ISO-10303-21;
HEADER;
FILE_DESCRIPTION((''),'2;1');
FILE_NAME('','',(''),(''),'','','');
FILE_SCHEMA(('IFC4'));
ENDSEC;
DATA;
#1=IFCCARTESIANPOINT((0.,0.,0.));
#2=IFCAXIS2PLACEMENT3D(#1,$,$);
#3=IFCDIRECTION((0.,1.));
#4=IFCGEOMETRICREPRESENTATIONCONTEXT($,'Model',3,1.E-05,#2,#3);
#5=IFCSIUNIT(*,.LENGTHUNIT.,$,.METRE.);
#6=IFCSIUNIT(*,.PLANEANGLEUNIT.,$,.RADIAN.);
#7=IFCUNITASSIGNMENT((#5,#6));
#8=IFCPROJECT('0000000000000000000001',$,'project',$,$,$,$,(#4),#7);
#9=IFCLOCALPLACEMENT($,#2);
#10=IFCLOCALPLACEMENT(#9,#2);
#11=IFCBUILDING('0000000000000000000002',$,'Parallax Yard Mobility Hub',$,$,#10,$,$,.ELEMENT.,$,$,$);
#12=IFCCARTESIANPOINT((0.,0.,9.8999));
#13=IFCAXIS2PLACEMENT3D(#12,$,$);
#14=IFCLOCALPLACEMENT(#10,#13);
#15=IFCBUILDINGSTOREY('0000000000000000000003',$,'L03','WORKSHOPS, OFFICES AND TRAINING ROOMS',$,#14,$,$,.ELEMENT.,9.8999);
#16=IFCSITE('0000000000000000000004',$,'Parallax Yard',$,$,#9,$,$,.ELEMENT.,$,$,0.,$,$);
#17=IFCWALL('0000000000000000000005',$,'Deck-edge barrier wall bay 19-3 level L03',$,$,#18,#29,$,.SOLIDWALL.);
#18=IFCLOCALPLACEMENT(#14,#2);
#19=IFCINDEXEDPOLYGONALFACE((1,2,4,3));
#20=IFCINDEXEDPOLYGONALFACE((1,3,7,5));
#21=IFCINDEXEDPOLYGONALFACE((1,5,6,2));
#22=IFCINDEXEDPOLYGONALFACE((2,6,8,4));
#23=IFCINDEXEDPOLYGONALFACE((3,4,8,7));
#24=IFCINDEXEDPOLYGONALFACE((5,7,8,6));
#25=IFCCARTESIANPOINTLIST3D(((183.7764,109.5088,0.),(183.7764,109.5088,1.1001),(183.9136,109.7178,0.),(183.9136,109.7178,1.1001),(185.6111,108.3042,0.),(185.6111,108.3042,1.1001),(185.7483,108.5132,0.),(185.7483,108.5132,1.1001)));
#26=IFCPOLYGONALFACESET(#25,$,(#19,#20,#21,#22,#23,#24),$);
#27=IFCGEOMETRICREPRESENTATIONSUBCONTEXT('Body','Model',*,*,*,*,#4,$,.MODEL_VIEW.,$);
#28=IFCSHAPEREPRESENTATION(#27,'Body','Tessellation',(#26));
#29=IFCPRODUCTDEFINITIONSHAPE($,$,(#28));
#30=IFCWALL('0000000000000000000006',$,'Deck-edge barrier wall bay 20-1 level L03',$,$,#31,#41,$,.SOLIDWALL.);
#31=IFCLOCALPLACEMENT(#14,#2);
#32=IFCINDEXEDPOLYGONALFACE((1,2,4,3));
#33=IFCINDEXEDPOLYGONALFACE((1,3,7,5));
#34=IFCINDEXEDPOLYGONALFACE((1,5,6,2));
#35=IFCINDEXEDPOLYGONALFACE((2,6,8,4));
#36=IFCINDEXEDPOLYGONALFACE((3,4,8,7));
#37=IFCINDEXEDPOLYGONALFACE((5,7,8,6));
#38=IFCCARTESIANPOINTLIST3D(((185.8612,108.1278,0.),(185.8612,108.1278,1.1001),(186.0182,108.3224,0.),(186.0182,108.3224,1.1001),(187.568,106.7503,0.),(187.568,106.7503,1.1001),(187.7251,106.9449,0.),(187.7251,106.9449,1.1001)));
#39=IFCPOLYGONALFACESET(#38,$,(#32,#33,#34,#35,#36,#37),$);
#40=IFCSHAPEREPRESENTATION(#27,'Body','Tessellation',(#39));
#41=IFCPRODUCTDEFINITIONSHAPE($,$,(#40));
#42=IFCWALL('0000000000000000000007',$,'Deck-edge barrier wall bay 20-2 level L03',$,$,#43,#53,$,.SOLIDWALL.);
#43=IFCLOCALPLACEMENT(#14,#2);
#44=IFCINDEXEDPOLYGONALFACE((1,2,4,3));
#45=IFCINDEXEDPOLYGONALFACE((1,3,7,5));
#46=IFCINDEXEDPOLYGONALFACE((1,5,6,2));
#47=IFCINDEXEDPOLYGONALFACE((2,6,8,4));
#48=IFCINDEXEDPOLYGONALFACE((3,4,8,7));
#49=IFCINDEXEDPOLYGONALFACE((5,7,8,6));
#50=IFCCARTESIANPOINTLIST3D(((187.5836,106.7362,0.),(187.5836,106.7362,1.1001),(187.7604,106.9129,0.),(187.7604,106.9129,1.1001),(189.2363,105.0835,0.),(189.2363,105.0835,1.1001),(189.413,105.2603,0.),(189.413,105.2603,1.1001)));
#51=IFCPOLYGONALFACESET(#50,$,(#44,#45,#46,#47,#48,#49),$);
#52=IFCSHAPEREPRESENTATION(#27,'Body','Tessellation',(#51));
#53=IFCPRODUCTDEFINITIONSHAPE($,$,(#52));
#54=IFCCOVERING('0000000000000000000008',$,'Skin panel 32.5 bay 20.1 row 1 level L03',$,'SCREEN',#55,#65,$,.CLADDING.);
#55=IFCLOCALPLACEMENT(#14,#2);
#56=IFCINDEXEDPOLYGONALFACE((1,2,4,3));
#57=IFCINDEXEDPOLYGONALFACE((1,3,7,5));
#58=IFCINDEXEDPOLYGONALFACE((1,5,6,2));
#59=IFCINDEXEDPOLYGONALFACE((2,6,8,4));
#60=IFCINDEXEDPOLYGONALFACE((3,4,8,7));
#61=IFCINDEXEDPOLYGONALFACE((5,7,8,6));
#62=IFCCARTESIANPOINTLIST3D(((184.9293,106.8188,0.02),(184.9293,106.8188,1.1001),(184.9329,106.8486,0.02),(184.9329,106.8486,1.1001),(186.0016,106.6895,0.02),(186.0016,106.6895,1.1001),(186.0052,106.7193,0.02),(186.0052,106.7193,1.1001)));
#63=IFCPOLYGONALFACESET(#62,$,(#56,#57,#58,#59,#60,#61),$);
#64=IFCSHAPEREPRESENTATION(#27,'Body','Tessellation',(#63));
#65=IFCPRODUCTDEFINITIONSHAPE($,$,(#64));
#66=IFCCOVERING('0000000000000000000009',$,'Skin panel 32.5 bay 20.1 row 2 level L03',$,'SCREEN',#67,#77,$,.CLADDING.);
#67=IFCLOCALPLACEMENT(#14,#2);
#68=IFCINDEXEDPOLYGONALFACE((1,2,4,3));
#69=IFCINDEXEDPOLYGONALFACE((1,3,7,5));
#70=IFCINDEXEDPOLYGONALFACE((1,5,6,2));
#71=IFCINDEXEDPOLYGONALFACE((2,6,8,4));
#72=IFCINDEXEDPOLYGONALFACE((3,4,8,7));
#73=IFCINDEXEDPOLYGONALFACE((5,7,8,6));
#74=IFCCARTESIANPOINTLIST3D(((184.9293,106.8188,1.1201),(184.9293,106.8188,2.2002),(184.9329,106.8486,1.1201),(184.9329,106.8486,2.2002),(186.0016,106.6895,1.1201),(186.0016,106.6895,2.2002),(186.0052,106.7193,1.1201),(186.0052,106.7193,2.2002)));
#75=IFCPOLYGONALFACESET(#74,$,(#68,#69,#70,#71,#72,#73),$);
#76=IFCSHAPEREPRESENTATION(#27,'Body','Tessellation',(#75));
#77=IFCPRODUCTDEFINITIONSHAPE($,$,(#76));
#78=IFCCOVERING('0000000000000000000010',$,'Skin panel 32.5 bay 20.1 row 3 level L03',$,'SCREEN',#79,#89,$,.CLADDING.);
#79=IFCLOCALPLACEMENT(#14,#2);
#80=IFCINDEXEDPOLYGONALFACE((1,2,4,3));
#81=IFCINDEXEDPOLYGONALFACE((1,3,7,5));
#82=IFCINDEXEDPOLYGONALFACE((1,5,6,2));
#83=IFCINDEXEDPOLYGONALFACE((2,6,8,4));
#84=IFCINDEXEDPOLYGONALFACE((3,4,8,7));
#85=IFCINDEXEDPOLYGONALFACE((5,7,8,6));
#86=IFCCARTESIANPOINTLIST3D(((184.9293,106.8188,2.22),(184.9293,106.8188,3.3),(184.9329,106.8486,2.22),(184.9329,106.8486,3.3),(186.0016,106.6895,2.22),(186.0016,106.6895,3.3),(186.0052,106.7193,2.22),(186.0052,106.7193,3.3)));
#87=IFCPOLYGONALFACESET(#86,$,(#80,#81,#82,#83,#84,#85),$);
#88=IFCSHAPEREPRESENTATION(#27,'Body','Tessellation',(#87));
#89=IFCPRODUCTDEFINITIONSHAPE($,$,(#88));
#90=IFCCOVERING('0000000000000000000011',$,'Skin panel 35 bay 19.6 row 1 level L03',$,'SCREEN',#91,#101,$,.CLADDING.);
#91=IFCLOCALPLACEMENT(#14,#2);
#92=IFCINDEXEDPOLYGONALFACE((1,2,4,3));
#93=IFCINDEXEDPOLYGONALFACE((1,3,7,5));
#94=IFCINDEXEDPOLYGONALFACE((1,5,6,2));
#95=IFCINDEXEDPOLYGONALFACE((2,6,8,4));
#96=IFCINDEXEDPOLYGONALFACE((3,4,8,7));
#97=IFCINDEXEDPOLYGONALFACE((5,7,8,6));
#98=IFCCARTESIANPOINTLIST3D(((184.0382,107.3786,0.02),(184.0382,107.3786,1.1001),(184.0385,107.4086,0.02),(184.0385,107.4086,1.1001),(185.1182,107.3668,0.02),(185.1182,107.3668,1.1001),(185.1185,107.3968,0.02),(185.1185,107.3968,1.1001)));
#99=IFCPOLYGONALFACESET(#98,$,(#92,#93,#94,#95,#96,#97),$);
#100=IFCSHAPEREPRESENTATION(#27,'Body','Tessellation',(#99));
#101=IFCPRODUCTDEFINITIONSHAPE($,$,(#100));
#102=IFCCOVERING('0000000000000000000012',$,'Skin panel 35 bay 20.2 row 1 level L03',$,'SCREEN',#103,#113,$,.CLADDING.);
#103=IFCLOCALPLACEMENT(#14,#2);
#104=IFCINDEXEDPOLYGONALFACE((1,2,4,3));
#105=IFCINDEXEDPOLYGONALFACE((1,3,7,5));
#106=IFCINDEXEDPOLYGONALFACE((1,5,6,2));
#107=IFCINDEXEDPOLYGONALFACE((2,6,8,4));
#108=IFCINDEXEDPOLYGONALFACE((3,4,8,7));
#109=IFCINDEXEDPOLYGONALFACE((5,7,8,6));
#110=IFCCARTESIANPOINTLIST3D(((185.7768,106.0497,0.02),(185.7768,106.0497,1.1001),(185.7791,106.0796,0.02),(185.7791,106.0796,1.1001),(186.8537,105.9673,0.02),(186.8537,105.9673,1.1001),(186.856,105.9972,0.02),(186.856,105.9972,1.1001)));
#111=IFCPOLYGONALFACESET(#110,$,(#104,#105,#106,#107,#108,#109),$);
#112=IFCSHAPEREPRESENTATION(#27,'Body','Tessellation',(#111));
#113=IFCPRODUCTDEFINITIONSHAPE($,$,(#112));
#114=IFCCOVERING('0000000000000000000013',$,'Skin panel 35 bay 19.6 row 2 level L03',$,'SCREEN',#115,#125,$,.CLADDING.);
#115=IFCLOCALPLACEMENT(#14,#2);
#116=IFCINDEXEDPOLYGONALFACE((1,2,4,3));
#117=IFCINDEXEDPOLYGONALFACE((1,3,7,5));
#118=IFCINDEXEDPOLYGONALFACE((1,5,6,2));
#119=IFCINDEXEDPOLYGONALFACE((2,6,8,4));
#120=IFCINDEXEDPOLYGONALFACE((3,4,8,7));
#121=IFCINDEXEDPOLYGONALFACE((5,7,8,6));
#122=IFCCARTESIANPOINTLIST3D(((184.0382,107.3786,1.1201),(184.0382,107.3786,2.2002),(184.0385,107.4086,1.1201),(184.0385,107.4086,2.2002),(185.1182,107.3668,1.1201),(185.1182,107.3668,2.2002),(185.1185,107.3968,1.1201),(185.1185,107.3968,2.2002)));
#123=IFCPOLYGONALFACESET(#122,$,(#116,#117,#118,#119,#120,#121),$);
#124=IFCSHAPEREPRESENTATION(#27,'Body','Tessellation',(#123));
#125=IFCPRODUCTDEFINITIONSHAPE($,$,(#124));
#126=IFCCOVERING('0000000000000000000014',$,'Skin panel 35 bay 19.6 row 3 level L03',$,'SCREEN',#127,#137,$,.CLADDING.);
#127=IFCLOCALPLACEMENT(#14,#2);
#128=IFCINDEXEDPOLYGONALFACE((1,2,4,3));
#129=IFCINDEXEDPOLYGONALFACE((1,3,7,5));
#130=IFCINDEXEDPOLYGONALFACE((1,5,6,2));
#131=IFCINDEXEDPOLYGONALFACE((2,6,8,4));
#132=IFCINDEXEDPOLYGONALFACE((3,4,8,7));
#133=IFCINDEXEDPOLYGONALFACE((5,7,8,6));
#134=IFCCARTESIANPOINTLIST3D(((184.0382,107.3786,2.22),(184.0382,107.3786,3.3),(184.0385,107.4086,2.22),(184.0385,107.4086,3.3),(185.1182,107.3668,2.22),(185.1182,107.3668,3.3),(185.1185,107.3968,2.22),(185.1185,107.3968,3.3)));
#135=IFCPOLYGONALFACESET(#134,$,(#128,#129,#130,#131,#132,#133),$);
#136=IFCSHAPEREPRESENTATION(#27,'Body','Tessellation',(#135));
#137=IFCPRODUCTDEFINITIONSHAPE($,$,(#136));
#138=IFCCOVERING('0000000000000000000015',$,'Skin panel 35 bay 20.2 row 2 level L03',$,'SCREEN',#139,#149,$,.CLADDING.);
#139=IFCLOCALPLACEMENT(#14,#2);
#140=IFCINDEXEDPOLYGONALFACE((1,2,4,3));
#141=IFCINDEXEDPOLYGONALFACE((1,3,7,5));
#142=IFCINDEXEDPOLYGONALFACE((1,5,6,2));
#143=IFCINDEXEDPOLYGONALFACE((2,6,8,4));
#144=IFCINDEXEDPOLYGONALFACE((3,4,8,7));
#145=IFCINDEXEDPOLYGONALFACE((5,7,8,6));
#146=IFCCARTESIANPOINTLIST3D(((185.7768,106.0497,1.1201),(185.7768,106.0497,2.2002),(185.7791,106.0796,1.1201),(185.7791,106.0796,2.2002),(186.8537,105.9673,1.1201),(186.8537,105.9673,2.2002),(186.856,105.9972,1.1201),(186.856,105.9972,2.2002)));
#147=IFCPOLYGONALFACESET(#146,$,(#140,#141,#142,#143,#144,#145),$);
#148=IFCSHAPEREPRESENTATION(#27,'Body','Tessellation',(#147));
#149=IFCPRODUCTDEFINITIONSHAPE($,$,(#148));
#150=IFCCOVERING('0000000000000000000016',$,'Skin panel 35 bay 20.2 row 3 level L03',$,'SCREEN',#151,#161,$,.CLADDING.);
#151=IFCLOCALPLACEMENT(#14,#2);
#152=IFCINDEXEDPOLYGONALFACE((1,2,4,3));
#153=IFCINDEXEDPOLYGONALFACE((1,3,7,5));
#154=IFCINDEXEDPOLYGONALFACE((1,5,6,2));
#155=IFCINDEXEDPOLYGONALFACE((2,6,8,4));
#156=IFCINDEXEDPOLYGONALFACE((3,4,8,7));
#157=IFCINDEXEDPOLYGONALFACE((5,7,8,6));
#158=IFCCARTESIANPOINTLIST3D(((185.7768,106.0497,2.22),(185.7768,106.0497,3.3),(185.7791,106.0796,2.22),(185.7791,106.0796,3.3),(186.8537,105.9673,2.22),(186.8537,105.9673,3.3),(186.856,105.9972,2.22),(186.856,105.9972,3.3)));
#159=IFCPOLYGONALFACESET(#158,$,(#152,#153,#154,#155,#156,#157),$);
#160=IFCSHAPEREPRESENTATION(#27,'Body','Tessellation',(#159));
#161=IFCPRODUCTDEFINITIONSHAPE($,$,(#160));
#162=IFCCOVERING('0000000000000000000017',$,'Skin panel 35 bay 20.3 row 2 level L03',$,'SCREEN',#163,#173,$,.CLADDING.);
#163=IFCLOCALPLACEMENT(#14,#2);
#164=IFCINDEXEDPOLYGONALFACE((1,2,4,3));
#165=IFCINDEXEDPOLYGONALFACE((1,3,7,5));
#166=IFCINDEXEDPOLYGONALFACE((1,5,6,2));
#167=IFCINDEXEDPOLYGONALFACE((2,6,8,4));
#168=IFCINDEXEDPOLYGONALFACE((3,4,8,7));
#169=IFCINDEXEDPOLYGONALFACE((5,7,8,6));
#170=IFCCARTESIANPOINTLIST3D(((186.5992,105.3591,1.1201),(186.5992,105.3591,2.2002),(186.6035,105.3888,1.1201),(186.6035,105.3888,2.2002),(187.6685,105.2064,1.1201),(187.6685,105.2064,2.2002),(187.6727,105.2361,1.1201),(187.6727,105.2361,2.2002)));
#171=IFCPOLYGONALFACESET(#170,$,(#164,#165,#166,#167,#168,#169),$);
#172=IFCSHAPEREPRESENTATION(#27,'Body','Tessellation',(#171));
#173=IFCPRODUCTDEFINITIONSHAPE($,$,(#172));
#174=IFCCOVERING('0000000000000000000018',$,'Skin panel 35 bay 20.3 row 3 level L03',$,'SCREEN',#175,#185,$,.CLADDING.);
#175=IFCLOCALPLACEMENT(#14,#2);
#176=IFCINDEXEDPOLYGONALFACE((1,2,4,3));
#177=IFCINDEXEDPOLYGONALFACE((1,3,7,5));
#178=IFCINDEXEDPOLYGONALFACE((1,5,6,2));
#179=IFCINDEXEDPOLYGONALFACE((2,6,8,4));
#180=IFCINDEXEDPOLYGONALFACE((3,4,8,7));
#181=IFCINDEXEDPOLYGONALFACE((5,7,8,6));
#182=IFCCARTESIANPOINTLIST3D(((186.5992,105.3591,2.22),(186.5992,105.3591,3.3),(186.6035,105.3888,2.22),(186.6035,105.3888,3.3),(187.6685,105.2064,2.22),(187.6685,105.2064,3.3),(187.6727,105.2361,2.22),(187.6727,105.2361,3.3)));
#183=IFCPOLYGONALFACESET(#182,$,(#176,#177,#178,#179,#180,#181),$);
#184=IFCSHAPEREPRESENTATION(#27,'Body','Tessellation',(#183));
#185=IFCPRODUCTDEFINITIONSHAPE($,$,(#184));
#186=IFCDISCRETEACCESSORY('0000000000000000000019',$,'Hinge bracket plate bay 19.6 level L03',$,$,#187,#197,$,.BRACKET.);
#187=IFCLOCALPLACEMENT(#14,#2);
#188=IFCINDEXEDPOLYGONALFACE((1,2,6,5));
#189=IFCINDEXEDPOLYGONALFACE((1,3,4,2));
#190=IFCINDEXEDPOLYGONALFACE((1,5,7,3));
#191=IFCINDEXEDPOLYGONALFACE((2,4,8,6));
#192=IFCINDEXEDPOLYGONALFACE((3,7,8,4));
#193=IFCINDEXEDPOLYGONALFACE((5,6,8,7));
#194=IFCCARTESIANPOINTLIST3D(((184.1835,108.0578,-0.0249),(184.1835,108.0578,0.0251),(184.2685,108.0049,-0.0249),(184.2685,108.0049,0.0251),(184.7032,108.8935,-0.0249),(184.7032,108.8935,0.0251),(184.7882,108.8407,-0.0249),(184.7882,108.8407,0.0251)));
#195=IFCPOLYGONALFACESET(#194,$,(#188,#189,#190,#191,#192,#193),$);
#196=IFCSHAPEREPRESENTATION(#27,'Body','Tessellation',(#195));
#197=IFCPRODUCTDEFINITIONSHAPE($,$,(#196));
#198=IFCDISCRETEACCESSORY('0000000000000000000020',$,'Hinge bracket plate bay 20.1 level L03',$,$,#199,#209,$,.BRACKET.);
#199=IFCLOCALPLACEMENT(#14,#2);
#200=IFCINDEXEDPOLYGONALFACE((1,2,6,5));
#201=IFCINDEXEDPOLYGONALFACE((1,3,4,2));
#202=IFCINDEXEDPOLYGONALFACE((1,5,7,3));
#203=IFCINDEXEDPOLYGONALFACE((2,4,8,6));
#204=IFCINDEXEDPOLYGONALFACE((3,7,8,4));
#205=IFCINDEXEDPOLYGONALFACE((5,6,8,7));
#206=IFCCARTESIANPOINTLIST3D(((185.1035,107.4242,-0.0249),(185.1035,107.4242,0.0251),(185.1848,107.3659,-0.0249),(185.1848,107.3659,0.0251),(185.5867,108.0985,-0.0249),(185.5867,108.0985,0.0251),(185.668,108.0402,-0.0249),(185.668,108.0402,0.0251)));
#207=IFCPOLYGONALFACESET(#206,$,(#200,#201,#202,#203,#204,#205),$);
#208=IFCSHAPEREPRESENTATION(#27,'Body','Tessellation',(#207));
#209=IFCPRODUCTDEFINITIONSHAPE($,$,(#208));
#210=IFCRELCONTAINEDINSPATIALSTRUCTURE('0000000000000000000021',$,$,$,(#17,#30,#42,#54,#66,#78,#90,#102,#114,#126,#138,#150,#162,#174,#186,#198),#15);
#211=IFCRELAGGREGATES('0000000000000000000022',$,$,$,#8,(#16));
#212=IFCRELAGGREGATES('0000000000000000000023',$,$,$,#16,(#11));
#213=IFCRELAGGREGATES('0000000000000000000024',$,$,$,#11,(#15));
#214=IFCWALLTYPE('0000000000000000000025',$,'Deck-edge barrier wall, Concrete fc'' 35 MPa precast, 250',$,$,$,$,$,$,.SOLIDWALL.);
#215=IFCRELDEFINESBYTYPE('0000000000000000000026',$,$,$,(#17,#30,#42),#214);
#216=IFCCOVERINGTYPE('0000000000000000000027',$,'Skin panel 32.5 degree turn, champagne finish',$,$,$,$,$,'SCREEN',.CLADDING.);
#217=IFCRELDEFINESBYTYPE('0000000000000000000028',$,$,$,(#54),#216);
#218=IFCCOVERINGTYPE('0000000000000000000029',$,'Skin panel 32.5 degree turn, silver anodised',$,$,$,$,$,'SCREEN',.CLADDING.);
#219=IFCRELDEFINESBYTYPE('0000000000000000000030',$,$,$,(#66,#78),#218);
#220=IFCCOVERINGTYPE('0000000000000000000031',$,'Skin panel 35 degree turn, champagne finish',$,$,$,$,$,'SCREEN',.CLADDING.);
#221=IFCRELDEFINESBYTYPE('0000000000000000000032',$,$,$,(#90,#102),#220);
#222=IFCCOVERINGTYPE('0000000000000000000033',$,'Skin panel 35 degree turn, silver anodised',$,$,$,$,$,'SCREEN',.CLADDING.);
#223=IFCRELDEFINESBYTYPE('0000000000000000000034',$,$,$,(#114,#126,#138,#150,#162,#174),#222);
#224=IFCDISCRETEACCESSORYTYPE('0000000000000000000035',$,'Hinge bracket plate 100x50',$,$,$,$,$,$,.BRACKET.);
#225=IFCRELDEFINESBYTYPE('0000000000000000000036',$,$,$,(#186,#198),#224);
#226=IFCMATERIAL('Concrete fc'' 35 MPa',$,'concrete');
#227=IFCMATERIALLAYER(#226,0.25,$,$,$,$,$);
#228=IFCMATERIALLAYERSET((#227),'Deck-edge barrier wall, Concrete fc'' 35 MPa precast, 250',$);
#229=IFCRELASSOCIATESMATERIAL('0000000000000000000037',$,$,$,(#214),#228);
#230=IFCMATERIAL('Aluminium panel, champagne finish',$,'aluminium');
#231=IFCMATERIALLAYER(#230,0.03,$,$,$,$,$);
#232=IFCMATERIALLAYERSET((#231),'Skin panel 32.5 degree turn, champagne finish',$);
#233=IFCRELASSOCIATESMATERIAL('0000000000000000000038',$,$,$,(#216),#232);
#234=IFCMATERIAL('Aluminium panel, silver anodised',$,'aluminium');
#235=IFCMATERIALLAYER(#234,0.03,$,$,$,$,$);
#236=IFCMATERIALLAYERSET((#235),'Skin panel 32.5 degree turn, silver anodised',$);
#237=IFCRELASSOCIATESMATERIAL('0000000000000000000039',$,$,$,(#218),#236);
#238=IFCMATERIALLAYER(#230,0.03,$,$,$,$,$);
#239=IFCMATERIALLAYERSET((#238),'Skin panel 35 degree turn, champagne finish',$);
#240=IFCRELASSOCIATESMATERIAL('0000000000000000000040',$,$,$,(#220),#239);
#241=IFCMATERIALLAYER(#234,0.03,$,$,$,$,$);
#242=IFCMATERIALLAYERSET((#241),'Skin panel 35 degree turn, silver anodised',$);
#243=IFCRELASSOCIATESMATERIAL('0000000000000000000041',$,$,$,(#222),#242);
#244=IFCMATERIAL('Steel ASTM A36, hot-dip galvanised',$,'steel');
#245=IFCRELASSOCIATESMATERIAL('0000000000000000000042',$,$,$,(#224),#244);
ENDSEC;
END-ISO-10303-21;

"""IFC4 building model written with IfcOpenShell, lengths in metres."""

from ifc_helpers import new_model, si_unit, direction, frame, frame_2d, origin, origin_2d, place, context, subcontext, project, spatial, rectangle, extrude, material, layer, layer_set, type_object, element, save


model = new_model("IFC4")

# Units and contexts
model_context = context("Model", 3, precision=1e-05, world=origin(), true_north=direction((0.0, 1.0)))
body_context = subcontext(model_context, "Body", "Model", "MODEL_VIEW")
ifc_project = project(units=[si_unit("LENGTHUNIT", "METRE"), si_unit("PLANEANGLEUNIT", "RADIAN")], contexts=[model_context])

# Site, building, storey
site_placement = place(None, origin())
site = spatial("IfcSite", under=ifc_project, at=site_placement, Name="Parallax Yard", CompositionType="ELEMENT", RefElevation=0.0)
building_placement = place(site_placement, origin())
building = spatial("IfcBuilding", under=site, at=building_placement, Name="Parallax Yard Mobility Hub", CompositionType="ELEMENT")
storey_placement = place(building_placement, frame((0.0, 0.0, 9.8999)))
storey = spatial("IfcBuildingStorey", under=building, at=storey_placement, Name="L03", Description="WORKSHOPS, OFFICES AND TRAINING ROOMS", CompositionType="ELEMENT", Elevation=9.8999)

# Walls
ifc_material_1 = material(Name="Concrete fc' 35 MPa", Category="concrete")
ifc_layer_1 = layer(ifc_material_1, 0.25)
ifc_layer_set_1 = layer_set([ifc_layer_1], Name="Deck-edge barrier wall, Concrete fc' 35 MPa precast, 250")
wall_type = type_object("IfcWallType", Name="Deck-edge barrier wall, Concrete fc' 35 MPa precast, 250", PredefinedType="SOLIDWALL", material=ifc_layer_set_1)
wall_1_placement = place(storey_placement, frame((183.845, 109.6133, 0.0), z_axis=(0.0, 0.0, 1.0), x_axis=(0.835931, -0.548834, 0.0)))
element("IfcWall", 1, at=wall_1_placement, inside=storey, type_object=wall_type, Name="Deck-edge barrier wall bay 19-3 level L03", PredefinedType="SOLIDWALL", context=body_context, shape_type="SweptSolid", body=[
    extrude(rectangle(XDim=2.1948, YDim=0.25, at=frame_2d((1.0974, 0.0))), origin(), (0.0, 0.0, 1.0), 1.1001),
])
wall_2_placement = place(storey_placement, frame((185.9397, 108.2251, 0.0), z_axis=(0.0, 0.0, 1.0), x_axis=(0.77819, -0.628029, 0.0)))
element("IfcWall", 2, at=wall_2_placement, inside=storey, type_object=wall_type, Name="Deck-edge barrier wall bay 20-1 level L03", PredefinedType="SOLIDWALL", context=body_context, shape_type="SweptSolid", body=[
    extrude(rectangle(XDim=2.1934, YDim=0.25, at=frame_2d((1.0967, 0.0))), origin(), (0.0, 0.0, 1.0), 1.1001),
])
wall_3_placement = place(storey_placement, frame((187.6721, 106.8245, 0.0), z_axis=(0.0, 0.0, 1.0), x_axis=(0.707107, -0.707107, 0.0)))
element("IfcWall", 3, at=wall_3_placement, inside=storey, type_object=wall_type, Name="Deck-edge barrier wall bay 20-2 level L03", PredefinedType="SOLIDWALL", context=body_context, shape_type="SweptSolid", body=[
    extrude(rectangle(XDim=2.3372, YDim=0.25, at=frame_2d((1.1685, 0.0))), origin(), (0.0, 0.0, 1.0), 1.1001),
])

# Coverings
ifc_material_2 = material(Name="Aluminium panel, champagne finish", Category="aluminium")
ifc_layer_2 = layer(ifc_material_2, 0.03)
ifc_layer_set_2 = layer_set([ifc_layer_2], Name="Skin panel 32.5 degree turn, champagne finish")
covering_type_1 = type_object("IfcCoveringType", Name="Skin panel 32.5 degree turn, champagne finish", ElementType="SCREEN", PredefinedType="CLADDING", material=ifc_layer_set_2)
covering_placement = place(storey_placement, frame((185.4673, 106.769, 0.02), z_axis=(0.0, 0.0, 1.0), x_axis=(-0.99281, 0.119704, 0.0)))
element("IfcCovering", 4, at=covering_placement, inside=storey, type_object=covering_type_1, Name="Skin panel 32.5 bay 20.1 row 1 level L03", ObjectType="SCREEN", PredefinedType="CLADDING", context=body_context, shape_type="SweptSolid", body=[
    extrude(rectangle(XDim=1.0801, YDim=0.03, at=origin_2d()), origin(), (0.0, 0.0, 1.0), 1.0801),
])
ifc_material_3 = material(Name="Aluminium panel, silver anodised", Category="aluminium")
ifc_layer_3 = layer(ifc_material_3, 0.03)
ifc_layer_set_3 = layer_set([ifc_layer_3], Name="Skin panel 32.5 degree turn, silver anodised")
covering_type_2 = type_object("IfcCoveringType", Name="Skin panel 32.5 degree turn, silver anodised", ElementType="SCREEN", PredefinedType="CLADDING", material=ifc_layer_set_3)
for number, where, z_axis, x_axis, name in (
    (5, (185.4673, 106.769, 1.1201), (0.0, 0.0, 1.0), (-0.99281, 0.119704, 0.0), "Skin panel 32.5 bay 20.1 row 2 level L03"),
    (6, (185.4673, 106.769, 2.22), (0.0, 0.0, 1.0), (-0.99281, 0.119704, 0.0), "Skin panel 32.5 bay 20.1 row 3 level L03"),
):
    element("IfcCovering", number, at=place(storey_placement, frame(where, z_axis=z_axis, x_axis=x_axis)), inside=storey, type_object=covering_type_2, Name=name, ObjectType="SCREEN", PredefinedType="CLADDING", context=body_context, shape_type="SweptSolid", body=[
        extrude(rectangle(XDim=1.0801, YDim=0.03, at=origin_2d()), origin(), (0.0, 0.0, 1.0), 1.0801),
    ])
ifc_layer_4 = layer(ifc_material_2, 0.03)
ifc_layer_set_4 = layer_set([ifc_layer_4], Name="Skin panel 35 degree turn, champagne finish")
covering_type_3 = type_object("IfcCoveringType", Name="Skin panel 35 degree turn, champagne finish", ElementType="SCREEN", PredefinedType="CLADDING", material=ifc_layer_set_4)
for number, where, z_axis, x_axis, name in (
    (7, (184.5784, 107.3877, 0.02), (0.0, 0.0, 1.0), (-0.999941, 0.010908, 0.0), "Skin panel 35 bay 19.6 row 1 level L03"),
    (8, (186.3164, 106.0234, 0.02), (0.0, 0.0, 1.0), (-0.997086, 0.076284, 0.0), "Skin panel 35 bay 20.2 row 1 level L03"),
):
    element("IfcCovering", number, at=place(storey_placement, frame(where, z_axis=z_axis, x_axis=x_axis)), inside=storey, type_object=covering_type_3, Name=name, ObjectType="SCREEN", PredefinedType="CLADDING", context=body_context, shape_type="SweptSolid", body=[
        extrude(rectangle(XDim=1.0801, YDim=0.03, at=origin_2d()), origin(), (0.0, 0.0, 1.0), 1.0801),
    ])
ifc_layer_5 = layer(ifc_material_3, 0.03)
ifc_layer_set_5 = layer_set([ifc_layer_5], Name="Skin panel 35 degree turn, silver anodised")
covering_type_4 = type_object("IfcCoveringType", Name="Skin panel 35 degree turn, silver anodised", ElementType="SCREEN", PredefinedType="CLADDING", material=ifc_layer_set_5)
for number, where, z_axis, x_axis, name in (
    (9, (184.5784, 107.3877, 1.1201), (0.0, 0.0, 1.0), (-0.999941, 0.010908, 0.0), "Skin panel 35 bay 19.6 row 2 level L03"),
    (10, (184.5784, 107.3877, 2.22), (0.0, 0.0, 1.0), (-0.999941, 0.010908, 0.0), "Skin panel 35 bay 19.6 row 3 level L03"),
    (11, (186.3164, 106.0234, 1.1201), (0.0, 0.0, 1.0), (-0.997086, 0.076284, 0.0), "Skin panel 35 bay 20.2 row 2 level L03"),
    (12, (186.3164, 106.0234, 2.22), (0.0, 0.0, 1.0), (-0.997086, 0.076284, 0.0), "Skin panel 35 bay 20.2 row 3 level L03"),
    (13, (187.136, 105.2976, 1.1201), (0.0, 0.0, 1.0), (-0.989962, 0.141333, 0.0), "Skin panel 35 bay 20.3 row 2 level L03"),
    (14, (187.136, 105.2976, 2.22), (0.0, 0.0, 1.0), (-0.989962, 0.141333, 0.0), "Skin panel 35 bay 20.3 row 3 level L03"),
):
    element("IfcCovering", number, at=place(storey_placement, frame(where, z_axis=z_axis, x_axis=x_axis)), inside=storey, type_object=covering_type_4, Name=name, ObjectType="SCREEN", PredefinedType="CLADDING", context=body_context, shape_type="SweptSolid", body=[
        extrude(rectangle(XDim=1.0801, YDim=0.03, at=origin_2d()), origin(), (0.0, 0.0, 1.0), 1.0801),
    ])

# Discrete accessories
ifc_material_4 = material(Name="Steel ASTM A36, hot-dip galvanised", Category="steel")
discrete_accessory_type_1 = type_object("IfcDiscreteAccessoryType", Name="Hinge bracket plate 100x50", PredefinedType="BRACKET", material=ifc_material_4)
discrete_accessory_1_placement = place(storey_placement, frame((184.4858, 108.4492, -0.0249), z_axis=(0.0, 0.0, 1.0), x_axis=(-0.528068, -0.849202, 0.0)))
element("IfcDiscreteAccessory", 15, at=discrete_accessory_1_placement, inside=storey, type_object=discrete_accessory_type_1, Name="Hinge bracket plate bay 19.6 level L03", PredefinedType="BRACKET", context=body_context, shape_type="SweptSolid", body=[
    extrude(rectangle(XDim=0.9841, YDim=0.1001, at=origin_2d()), origin(), (0.0, 0.0, 1.0), 0.05),
])
discrete_accessory_2_placement = place(storey_placement, frame((185.3857, 107.7322, -0.0249), z_axis=(0.0, 0.0, 1.0), x_axis=(-0.582478, -0.812847, 0.0)))
element("IfcDiscreteAccessory", 16, at=discrete_accessory_2_placement, inside=storey, type_object=discrete_accessory_type_1, Name="Hinge bracket plate bay 20.1 level L03", PredefinedType="BRACKET", context=body_context, shape_type="SweptSolid", body=[
    extrude(rectangle(XDim=0.8296, YDim=0.1001, at=origin_2d()), origin(), (0.0, 0.0, 1.0), 0.05),
])

save(model, "model.ifc")
